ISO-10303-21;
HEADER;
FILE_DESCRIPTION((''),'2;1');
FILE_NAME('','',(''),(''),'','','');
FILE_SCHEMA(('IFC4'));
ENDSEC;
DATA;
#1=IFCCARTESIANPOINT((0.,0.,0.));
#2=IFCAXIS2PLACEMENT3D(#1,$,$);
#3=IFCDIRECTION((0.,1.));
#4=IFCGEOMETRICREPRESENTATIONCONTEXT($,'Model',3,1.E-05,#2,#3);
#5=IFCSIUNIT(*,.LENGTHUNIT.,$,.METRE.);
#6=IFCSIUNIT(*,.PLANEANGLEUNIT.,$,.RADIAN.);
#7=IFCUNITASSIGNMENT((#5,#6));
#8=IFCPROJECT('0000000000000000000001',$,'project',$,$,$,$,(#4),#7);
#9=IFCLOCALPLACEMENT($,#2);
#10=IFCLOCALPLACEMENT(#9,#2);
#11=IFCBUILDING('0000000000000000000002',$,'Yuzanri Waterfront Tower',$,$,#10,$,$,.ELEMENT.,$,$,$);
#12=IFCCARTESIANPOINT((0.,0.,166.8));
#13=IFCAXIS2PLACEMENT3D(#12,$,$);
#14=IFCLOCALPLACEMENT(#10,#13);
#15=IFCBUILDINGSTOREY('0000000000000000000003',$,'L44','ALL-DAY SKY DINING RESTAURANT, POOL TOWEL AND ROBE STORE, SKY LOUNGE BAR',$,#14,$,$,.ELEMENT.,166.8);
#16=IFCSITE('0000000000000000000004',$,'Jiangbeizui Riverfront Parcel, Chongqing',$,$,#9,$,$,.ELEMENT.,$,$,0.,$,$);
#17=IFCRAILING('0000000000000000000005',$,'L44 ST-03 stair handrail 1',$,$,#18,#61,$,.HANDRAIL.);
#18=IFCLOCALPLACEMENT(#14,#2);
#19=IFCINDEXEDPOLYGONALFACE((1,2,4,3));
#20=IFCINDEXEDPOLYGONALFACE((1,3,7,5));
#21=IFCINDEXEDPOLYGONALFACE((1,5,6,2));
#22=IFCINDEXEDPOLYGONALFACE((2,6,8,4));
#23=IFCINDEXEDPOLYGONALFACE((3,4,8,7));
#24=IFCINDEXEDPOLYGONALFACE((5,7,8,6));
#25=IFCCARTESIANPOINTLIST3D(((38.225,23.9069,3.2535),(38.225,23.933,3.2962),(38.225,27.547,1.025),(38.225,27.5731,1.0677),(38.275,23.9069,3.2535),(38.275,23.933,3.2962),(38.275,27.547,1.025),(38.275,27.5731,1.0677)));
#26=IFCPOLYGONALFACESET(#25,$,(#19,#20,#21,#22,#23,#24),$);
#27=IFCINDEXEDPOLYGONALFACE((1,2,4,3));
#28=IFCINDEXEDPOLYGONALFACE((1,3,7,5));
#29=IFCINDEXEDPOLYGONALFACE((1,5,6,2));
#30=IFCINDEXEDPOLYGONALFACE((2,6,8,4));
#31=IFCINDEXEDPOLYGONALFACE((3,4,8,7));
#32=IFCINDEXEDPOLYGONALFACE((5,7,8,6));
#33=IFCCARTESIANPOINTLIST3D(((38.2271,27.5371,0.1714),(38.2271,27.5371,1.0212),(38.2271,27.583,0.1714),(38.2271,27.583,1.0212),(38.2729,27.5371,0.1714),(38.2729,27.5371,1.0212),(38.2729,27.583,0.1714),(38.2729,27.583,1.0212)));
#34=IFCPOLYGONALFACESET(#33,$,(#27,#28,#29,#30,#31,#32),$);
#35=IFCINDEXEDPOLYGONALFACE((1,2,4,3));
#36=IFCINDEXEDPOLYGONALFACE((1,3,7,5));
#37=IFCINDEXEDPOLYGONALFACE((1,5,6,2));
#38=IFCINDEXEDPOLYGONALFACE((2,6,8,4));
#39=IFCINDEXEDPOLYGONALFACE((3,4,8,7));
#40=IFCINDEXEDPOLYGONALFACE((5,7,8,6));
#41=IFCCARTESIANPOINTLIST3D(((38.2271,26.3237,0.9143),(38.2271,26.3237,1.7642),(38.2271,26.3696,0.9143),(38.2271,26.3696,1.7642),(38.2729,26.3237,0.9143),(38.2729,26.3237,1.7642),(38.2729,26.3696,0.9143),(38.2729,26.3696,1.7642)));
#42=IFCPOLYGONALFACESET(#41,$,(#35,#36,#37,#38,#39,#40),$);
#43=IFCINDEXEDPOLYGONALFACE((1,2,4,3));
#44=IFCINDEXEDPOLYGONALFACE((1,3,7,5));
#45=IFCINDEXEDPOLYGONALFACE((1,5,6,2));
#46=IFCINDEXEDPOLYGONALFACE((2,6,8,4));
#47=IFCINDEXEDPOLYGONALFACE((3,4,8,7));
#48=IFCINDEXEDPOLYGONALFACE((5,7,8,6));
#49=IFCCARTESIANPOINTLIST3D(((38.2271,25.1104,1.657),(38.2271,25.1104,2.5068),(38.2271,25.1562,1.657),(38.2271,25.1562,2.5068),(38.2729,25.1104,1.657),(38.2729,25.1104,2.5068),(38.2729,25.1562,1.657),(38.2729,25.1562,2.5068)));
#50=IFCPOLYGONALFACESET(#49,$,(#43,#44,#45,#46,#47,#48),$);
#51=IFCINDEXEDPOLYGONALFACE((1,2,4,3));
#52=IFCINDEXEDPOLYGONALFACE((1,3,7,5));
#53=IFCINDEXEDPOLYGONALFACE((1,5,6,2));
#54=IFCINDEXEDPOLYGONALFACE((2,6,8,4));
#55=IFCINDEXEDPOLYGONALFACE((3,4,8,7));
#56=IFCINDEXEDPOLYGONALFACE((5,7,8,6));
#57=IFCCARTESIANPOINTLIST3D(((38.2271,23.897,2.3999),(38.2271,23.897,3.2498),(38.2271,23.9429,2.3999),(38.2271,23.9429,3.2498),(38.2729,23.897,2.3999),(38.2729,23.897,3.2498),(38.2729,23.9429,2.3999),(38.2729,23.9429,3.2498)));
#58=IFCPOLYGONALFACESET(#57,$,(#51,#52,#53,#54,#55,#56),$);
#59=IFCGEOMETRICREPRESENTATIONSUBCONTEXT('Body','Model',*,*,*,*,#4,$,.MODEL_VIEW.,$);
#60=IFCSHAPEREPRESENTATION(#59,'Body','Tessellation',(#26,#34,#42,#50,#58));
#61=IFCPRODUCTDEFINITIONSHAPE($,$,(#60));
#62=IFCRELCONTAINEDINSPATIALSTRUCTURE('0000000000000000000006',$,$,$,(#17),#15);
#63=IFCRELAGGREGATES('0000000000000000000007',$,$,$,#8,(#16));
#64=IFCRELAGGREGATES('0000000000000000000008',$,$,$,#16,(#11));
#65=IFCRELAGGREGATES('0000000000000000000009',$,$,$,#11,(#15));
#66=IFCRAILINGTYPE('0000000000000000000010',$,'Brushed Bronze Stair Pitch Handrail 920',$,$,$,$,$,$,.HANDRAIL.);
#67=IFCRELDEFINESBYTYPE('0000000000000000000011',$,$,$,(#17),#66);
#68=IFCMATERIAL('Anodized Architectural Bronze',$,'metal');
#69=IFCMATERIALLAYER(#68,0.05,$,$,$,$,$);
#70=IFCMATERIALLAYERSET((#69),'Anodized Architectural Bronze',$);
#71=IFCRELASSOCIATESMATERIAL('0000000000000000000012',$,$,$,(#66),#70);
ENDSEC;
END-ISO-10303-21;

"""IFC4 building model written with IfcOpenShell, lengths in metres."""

from ifc_helpers import new_model, si_unit, direction, frame, origin, origin_2d, place, context, subcontext, project, spatial, rectangle, extrude, source, transform, mapped, material, layer, layer_set, type_object, element, save


model = new_model("IFC4")

# Units and contexts
model_context = context("Model", 3, precision=1e-05, world=origin(), true_north=direction((0.0, 1.0)))
body_context = subcontext(model_context, "Body", "Model", "MODEL_VIEW")
ifc_project = project(units=[si_unit("LENGTHUNIT", "METRE"), si_unit("PLANEANGLEUNIT", "RADIAN")], contexts=[model_context])

# Site, building, storey
site_placement = place(None, origin())
site = spatial("IfcSite", under=ifc_project, at=site_placement, Name="Jiangbeizui Riverfront Parcel, Chongqing", CompositionType="ELEMENT", RefElevation=0.0)
building_placement = place(site_placement, origin())
building = spatial("IfcBuilding", under=site, at=building_placement, Name="Yuzanri Waterfront Tower", CompositionType="ELEMENT")
storey_placement = place(building_placement, frame((0.0, 0.0, 166.8)))
storey = spatial("IfcBuildingStorey", under=building, at=storey_placement, Name="L44", Description="ALL-DAY SKY DINING RESTAURANT, POOL TOWEL AND ROBE STORE, SKY LOUNGE BAR", CompositionType="ELEMENT", Elevation=166.8)

# Railing
ifc_material_1 = material(Name="Anodized Architectural Bronze", Category="metal")
ifc_layer_1 = layer(ifc_material_1, 0.05)
ifc_layer_set_1 = layer_set([ifc_layer_1], Name="Anodized Architectural Bronze")
railing_type_1 = type_object("IfcRailingType", Name="Brushed Bronze Stair Pitch Handrail 920", PredefinedType="HANDRAIL", material=ifc_layer_set_1)
shared_shape_1 = source(origin(), body_context, "Body", "SweptSolid", [
    extrude(rectangle(XDim=0.05, YDim=0.05, at=origin_2d()), frame((0.0, 0.0, 0.875), z_axis=(0.0, -0.852866, 0.52213), x_axis=(1.0, 0.0, 0.0)), (0.0, 0.0, 1.0), 4.2681),
    extrude(rectangle(XDim=0.0459, YDim=0.0459, at=origin_2d()), origin(), (0.0, 0.0, 1.0), 0.8499),
    extrude(rectangle(XDim=0.0459, YDim=0.0459, at=origin_2d()), frame((0.0, -1.2134, 0.7429)), (0.0, 0.0, 1.0), 0.8499),
    extrude(rectangle(XDim=0.0459, YDim=0.0459, at=origin_2d()), frame((0.0, -2.4268, 1.4856)), (0.0, 0.0, 1.0), 0.8499),
    extrude(rectangle(XDim=0.0459, YDim=0.0459, at=origin_2d()), frame((0.0, -3.6401, 2.2285)), (0.0, 0.0, 1.0), 0.8499),
])
railing_1_placement = place(storey_placement, frame((38.25, 27.5601, 0.1714)))
element("IfcRailing", 1, at=railing_1_placement, inside=storey, type_object=railing_type_1, Name="L44 ST-03 stair handrail 1", PredefinedType="HANDRAIL", context=body_context, shape_type="MappedRepresentation", body=[
    mapped(shared_shape_1, transform((0.0, 0.0, 0.0), scale=1.0)),
])

save(model, "model.ifc")
